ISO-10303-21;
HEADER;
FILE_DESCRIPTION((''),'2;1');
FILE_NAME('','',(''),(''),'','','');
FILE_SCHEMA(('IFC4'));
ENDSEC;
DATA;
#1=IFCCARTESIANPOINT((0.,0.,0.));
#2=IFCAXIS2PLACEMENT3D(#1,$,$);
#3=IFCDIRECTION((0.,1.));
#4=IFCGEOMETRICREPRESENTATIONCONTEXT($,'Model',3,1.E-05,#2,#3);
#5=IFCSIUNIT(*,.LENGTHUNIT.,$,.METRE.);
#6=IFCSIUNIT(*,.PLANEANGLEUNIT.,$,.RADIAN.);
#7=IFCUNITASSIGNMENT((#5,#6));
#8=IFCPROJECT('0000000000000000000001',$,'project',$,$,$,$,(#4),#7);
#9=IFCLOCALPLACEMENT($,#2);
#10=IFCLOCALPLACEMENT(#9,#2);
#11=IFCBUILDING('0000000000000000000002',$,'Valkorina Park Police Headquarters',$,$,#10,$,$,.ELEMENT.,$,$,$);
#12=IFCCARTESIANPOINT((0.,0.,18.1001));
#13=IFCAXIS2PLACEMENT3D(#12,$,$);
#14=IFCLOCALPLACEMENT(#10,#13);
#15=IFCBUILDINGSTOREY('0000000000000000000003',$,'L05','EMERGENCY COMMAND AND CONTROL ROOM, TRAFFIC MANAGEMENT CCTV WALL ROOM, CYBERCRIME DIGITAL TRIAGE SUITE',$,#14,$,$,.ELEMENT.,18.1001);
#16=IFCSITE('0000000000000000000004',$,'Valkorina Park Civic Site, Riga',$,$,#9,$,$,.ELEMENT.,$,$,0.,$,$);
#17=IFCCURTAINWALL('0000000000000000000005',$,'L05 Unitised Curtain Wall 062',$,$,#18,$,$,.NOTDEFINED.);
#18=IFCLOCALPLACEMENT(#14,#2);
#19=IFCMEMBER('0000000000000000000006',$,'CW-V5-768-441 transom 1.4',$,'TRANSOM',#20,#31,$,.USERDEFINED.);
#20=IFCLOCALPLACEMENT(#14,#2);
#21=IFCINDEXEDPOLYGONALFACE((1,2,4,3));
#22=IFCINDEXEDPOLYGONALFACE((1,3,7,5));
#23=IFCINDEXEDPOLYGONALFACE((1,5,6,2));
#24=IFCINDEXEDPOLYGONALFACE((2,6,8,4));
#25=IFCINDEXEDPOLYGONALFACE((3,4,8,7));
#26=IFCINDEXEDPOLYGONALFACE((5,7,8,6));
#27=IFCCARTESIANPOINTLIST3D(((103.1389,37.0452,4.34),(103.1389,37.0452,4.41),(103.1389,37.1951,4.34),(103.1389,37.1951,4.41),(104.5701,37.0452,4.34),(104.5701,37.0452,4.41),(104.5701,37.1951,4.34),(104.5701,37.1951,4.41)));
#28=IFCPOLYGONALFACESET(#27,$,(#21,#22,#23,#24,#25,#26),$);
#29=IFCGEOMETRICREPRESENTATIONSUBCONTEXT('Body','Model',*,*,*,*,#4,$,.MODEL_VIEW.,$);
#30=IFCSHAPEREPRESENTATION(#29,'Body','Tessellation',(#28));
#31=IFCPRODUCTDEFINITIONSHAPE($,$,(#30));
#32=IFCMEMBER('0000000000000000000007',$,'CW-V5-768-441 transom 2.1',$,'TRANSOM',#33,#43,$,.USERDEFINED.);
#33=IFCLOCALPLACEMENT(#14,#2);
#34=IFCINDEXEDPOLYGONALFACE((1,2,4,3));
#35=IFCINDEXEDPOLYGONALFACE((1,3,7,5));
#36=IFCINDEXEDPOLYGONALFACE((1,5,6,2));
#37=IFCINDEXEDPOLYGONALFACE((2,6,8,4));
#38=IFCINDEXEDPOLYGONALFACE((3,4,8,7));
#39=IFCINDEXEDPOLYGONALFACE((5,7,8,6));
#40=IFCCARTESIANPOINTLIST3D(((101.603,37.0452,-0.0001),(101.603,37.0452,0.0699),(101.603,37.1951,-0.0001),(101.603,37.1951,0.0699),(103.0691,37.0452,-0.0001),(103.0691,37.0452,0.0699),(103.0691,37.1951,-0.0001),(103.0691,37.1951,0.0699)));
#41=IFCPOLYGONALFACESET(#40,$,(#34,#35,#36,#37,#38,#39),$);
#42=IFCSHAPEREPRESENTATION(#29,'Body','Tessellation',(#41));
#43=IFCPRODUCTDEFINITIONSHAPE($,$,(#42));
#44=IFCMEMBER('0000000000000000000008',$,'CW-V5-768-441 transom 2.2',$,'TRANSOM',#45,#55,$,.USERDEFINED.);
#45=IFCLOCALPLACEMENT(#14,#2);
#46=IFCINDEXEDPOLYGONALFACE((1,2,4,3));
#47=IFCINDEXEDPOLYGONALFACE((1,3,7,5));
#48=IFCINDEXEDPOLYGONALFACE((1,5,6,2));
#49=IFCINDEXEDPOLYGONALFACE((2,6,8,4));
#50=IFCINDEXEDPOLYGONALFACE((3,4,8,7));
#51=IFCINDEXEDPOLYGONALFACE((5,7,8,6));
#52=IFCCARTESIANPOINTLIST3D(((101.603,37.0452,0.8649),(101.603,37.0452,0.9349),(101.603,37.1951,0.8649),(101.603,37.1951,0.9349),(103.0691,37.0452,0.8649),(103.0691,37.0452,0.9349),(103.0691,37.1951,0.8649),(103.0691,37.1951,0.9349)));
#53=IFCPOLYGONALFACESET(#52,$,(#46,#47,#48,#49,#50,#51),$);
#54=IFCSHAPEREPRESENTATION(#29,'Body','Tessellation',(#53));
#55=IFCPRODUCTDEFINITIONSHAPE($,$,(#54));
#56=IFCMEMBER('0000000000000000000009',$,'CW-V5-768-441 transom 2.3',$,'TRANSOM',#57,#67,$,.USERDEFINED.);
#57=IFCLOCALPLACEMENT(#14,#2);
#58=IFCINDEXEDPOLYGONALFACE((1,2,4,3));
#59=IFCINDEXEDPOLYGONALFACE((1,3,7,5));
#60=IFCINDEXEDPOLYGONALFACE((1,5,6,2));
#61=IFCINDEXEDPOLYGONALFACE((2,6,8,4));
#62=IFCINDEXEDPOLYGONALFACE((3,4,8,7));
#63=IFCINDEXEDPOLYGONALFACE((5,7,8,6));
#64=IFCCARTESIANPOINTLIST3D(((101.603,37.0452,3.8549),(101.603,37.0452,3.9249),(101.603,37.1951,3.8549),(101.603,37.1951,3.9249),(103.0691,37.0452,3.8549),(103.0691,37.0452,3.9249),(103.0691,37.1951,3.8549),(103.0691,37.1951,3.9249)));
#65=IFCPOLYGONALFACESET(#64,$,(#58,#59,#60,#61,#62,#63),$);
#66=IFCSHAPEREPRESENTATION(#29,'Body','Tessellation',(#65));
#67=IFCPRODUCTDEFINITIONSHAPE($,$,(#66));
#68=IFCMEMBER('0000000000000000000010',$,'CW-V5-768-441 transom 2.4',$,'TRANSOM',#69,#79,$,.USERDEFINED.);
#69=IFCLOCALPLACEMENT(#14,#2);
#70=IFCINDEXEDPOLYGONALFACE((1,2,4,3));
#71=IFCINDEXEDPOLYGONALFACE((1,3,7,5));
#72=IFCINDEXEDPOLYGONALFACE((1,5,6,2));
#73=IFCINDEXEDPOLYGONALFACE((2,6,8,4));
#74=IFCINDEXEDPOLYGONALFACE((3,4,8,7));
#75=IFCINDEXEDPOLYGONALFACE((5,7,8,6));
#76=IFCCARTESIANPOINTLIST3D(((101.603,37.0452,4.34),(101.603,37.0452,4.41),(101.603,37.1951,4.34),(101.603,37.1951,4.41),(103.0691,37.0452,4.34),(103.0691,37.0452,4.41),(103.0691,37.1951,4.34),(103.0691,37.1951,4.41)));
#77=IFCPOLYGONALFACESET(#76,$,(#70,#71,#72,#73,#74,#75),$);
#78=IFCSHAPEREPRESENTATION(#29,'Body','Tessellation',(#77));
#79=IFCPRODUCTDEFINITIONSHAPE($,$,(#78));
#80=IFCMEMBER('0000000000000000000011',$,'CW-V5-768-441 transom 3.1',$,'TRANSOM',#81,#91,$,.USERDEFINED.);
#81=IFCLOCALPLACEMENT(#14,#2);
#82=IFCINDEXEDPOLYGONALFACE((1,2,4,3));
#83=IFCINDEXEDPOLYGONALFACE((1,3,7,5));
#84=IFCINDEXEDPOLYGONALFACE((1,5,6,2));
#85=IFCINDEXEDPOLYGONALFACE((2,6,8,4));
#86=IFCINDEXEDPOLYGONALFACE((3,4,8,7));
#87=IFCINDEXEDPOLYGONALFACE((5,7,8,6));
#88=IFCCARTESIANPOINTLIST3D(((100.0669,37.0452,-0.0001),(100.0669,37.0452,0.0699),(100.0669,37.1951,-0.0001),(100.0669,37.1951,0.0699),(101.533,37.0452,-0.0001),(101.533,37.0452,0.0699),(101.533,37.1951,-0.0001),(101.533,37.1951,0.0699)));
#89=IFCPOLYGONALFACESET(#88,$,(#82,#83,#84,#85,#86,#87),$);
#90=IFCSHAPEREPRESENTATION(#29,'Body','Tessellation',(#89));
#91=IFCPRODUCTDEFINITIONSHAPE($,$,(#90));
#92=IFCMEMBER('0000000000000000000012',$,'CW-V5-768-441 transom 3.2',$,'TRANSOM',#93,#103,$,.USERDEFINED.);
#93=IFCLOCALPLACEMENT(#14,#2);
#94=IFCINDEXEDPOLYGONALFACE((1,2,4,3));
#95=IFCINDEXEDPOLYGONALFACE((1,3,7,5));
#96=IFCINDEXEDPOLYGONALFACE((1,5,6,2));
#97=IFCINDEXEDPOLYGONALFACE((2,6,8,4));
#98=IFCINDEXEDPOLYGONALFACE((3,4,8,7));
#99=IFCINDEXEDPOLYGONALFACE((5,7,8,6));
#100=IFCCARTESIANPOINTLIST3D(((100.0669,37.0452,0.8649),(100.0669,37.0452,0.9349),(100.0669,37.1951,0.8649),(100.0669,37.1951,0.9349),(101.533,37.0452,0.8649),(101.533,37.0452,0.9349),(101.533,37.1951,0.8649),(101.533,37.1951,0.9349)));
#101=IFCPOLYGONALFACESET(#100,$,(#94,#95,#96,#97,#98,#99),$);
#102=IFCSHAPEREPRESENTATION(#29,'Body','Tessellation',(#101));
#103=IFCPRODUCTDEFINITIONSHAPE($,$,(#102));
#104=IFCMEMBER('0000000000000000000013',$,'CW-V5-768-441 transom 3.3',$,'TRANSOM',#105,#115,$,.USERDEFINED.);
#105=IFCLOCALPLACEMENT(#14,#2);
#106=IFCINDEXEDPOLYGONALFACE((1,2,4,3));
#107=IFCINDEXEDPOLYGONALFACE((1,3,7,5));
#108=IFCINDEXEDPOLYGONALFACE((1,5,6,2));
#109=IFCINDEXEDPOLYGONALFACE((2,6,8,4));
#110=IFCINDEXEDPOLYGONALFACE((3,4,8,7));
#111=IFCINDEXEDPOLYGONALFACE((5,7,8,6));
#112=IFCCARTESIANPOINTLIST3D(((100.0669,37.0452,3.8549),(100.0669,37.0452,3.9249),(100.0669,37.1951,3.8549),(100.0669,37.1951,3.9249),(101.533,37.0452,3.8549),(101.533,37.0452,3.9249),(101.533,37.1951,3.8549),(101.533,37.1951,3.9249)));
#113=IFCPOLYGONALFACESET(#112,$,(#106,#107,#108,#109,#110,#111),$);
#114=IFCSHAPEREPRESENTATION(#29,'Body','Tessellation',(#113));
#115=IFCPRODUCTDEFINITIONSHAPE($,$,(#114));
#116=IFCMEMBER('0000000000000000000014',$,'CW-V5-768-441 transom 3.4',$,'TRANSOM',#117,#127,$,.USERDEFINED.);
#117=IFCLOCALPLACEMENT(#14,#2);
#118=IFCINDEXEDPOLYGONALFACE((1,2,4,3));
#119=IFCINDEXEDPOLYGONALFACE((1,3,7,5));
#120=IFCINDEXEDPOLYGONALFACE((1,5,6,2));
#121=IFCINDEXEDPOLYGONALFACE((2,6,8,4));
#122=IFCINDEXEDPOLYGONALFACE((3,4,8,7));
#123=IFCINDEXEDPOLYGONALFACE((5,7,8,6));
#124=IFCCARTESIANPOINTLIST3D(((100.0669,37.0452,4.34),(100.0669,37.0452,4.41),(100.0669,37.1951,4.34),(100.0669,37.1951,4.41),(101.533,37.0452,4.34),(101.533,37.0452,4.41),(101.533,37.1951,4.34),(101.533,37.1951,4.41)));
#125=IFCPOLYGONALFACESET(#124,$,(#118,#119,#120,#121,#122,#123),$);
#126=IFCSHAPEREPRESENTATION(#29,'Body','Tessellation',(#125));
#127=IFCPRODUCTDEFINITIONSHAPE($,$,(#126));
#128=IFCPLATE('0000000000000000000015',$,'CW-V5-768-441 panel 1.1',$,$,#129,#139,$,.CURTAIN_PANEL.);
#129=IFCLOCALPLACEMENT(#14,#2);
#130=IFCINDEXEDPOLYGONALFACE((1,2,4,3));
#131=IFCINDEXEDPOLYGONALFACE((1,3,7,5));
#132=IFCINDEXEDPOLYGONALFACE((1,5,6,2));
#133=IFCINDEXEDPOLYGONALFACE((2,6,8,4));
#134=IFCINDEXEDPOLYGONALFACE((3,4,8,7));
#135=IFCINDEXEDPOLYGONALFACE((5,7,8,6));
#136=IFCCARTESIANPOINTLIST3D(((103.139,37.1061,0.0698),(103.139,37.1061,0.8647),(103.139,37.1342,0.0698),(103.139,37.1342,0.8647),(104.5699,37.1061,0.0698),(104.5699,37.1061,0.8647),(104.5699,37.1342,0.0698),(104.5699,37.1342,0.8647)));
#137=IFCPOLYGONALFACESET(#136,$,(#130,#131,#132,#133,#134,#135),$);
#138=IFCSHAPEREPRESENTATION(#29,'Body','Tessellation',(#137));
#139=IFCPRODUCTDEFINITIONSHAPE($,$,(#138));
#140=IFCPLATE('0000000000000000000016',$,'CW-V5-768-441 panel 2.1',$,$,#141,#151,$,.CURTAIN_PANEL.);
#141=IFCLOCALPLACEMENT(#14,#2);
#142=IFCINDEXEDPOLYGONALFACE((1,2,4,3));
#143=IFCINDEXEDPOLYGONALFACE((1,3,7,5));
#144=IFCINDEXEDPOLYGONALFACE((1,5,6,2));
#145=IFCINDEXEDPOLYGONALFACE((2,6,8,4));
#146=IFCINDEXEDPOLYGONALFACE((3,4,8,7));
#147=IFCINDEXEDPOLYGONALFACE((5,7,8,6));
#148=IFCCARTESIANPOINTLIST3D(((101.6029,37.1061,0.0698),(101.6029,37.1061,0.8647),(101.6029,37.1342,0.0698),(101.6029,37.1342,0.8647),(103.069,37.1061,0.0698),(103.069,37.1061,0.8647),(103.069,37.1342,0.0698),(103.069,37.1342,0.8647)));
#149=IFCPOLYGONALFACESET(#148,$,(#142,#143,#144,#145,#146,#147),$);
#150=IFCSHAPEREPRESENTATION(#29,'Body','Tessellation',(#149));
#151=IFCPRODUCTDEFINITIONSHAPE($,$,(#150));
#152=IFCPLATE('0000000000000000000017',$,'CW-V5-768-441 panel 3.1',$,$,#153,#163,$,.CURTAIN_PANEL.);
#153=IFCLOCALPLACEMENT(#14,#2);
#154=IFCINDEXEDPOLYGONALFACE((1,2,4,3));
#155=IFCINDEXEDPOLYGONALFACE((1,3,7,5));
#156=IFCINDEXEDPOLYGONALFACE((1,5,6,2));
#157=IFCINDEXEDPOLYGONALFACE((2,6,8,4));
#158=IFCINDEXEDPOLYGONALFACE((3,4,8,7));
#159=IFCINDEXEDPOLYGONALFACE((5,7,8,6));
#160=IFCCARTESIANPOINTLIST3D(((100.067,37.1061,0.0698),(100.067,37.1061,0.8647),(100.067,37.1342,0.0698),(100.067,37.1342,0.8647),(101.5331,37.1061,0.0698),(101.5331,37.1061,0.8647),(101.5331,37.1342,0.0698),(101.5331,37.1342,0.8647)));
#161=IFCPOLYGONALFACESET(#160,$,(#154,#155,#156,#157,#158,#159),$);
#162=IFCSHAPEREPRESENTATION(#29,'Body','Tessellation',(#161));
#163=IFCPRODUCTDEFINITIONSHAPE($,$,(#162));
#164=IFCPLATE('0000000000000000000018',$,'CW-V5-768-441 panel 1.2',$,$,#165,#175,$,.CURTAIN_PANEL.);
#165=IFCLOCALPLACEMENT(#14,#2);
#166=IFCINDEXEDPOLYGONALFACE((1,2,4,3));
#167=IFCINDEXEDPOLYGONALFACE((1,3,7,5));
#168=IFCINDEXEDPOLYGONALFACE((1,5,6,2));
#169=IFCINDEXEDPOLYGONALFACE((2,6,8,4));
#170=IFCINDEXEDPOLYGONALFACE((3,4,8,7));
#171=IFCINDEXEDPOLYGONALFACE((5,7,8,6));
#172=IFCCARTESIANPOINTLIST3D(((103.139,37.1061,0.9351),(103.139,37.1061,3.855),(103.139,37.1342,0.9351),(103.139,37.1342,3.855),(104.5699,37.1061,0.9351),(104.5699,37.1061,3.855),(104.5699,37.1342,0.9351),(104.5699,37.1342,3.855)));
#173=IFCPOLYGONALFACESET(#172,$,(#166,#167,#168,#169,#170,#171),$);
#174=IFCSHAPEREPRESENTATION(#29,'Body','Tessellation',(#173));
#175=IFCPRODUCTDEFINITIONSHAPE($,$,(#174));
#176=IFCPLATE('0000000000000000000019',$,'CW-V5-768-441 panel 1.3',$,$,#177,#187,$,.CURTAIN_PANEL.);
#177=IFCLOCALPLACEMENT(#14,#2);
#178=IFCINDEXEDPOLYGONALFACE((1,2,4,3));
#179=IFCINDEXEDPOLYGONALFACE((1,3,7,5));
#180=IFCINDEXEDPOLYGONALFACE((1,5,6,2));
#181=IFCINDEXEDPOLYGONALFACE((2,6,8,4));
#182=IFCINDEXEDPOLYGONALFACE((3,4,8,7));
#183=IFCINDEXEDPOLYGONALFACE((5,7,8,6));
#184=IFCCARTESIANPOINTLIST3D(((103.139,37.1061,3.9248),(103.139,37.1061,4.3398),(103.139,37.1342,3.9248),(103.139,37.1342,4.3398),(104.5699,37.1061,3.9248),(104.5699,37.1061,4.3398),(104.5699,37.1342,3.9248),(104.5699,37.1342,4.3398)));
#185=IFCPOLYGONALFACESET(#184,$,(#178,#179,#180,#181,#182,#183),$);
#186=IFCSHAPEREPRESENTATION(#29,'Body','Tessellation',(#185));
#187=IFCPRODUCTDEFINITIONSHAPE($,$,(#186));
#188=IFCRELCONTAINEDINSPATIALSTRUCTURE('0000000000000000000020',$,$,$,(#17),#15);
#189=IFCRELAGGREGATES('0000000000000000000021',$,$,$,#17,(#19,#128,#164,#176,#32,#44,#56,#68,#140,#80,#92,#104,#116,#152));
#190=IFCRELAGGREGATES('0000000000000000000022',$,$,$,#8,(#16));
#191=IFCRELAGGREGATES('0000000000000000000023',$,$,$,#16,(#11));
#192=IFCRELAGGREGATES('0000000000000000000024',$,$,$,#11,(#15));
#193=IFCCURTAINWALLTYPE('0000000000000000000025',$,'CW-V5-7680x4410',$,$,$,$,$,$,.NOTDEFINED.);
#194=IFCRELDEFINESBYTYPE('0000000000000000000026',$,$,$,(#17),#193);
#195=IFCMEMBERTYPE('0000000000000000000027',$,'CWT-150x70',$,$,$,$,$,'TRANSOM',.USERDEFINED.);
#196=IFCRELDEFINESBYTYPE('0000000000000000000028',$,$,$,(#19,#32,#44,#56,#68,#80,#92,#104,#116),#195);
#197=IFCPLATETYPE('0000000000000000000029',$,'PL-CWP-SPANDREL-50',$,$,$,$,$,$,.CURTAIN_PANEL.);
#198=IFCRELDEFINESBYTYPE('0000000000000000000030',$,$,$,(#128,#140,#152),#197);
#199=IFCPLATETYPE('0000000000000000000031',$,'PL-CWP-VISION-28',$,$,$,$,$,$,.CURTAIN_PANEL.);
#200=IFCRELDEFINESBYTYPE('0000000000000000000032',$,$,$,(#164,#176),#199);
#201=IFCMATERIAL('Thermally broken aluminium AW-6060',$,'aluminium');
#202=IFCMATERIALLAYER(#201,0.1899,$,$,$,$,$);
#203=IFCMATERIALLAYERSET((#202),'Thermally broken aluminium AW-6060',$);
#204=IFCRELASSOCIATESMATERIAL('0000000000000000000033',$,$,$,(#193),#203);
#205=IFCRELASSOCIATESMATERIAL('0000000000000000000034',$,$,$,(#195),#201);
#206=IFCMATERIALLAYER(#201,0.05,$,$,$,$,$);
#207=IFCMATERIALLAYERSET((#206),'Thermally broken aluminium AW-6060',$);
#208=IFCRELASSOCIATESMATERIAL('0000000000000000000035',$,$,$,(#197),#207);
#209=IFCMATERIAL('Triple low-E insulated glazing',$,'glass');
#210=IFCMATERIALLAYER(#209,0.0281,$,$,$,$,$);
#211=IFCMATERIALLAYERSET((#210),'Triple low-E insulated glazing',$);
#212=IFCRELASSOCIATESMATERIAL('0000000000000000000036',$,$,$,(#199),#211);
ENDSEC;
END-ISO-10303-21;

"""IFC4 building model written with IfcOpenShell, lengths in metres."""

from ifc_helpers import new_model, si_unit, direction, frame, origin, origin_2d, place, context, subcontext, project, spatial, rectangle, extrude, material, layer, layer_set, material_profile, profile_set, type_object, element, aggregate, save


model = new_model("IFC4")

# Units and contexts
model_context = context("Model", 3, precision=1e-05, world=origin(), true_north=direction((0.0, 1.0)))
body_context = subcontext(model_context, "Body", "Model", "MODEL_VIEW")
ifc_project = project(units=[si_unit("LENGTHUNIT", "METRE"), si_unit("PLANEANGLEUNIT", "RADIAN")], contexts=[model_context])

# Site, building, storey
site_placement = place(None, origin())
site = spatial("IfcSite", under=ifc_project, at=site_placement, Name="Valkorina Park Civic Site, Riga", CompositionType="ELEMENT", RefElevation=0.0)
building_placement = place(site_placement, origin())
building = spatial("IfcBuilding", under=site, at=building_placement, Name="Valkorina Park Police Headquarters", CompositionType="ELEMENT")
storey_placement = place(building_placement, frame((0.0, 0.0, 18.1001)))
storey = spatial("IfcBuildingStorey", under=building, at=storey_placement, Name="L05", Description="EMERGENCY COMMAND AND CONTROL ROOM, TRAFFIC MANAGEMENT CCTV WALL ROOM, CYBERCRIME DIGITAL TRIAGE SUITE", CompositionType="ELEMENT", Elevation=18.1001)

# Shared definitions
ifc_material_1 = material(Name="Thermally broken aluminium AW-6060", Category="aluminium")
ifc_layer_1 = layer(ifc_material_1, 0.1899)
ifc_layer_set_1 = layer_set([ifc_layer_1], Name="Thermally broken aluminium AW-6060")
curtain_wall_type = type_object("IfcCurtainWallType", Name="CW-V5-7680x4410", PredefinedType="NOTDEFINED", material=ifc_layer_set_1)

# Curtain wall, members, plates
curtain_wall_1_placement = place(storey_placement, origin())
curtain_wall_1 = element("IfcCurtainWall", 1, at=curtain_wall_1_placement, inside=storey, type_object=curtain_wall_type, Name="L05 Unitised Curtain Wall 062", PredefinedType="NOTDEFINED")
ifc_material_profile_1 = material_profile(ifc_material_1, rectangle(XDim=0.1499, YDim=0.0701, at=origin_2d()), Name="CWT-02 150x70")
ifc_profile_set_1 = profile_set([ifc_material_profile_1], Name="Thermally broken aluminium AW-6060")
member_type_1 = type_object("IfcMemberType", Name="CWT-150x70", ElementType="TRANSOM", PredefinedType="USERDEFINED", material=ifc_profile_set_1)
member_1_placement = place(storey_placement, frame((104.5701, 37.1201, 4.375), z_axis=(-1.0, 0.0, 0.0), x_axis=(0.0, -1.0, 0.0)))
member_1 = element("IfcMember", 2, at=member_1_placement, type_object=member_type_1, Name="CW-V5-768-441 transom 1.4", ObjectType="TRANSOM", PredefinedType="USERDEFINED", context=body_context, shape_type="SweptSolid", body=[
    extrude(rectangle(XDim=0.1499, YDim=0.0701, at=origin_2d()), origin(), (0.0, 0.0, 1.0), 1.4312),
])
member_2_placement = place(storey_placement, frame((103.0691, 37.1201, 0.0349), z_axis=(-1.0, 0.0, 0.0), x_axis=(0.0, -1.0, 0.0)))
member_2 = element("IfcMember", 3, at=member_2_placement, type_object=member_type_1, Name="CW-V5-768-441 transom 2.1", ObjectType="TRANSOM", PredefinedType="USERDEFINED", context=body_context, shape_type="SweptSolid", body=[
    extrude(rectangle(XDim=0.1499, YDim=0.0701, at=origin_2d()), origin(), (0.0, 0.0, 1.0), 1.4661),
])
member_3_placement = place(storey_placement, frame((103.0691, 37.1201, 0.8999), z_axis=(-1.0, 0.0, 0.0), x_axis=(0.0, -1.0, 0.0)))
member_3 = element("IfcMember", 4, at=member_3_placement, type_object=member_type_1, Name="CW-V5-768-441 transom 2.2", ObjectType="TRANSOM", PredefinedType="USERDEFINED", context=body_context, shape_type="SweptSolid", body=[
    extrude(rectangle(XDim=0.1499, YDim=0.0701, at=origin_2d()), origin(), (0.0, 0.0, 1.0), 1.4661),
])
member_4_placement = place(storey_placement, frame((103.0691, 37.1201, 3.8899), z_axis=(-1.0, 0.0, 0.0), x_axis=(0.0, -1.0, 0.0)))
member_4 = element("IfcMember", 5, at=member_4_placement, type_object=member_type_1, Name="CW-V5-768-441 transom 2.3", ObjectType="TRANSOM", PredefinedType="USERDEFINED", context=body_context, shape_type="SweptSolid", body=[
    extrude(rectangle(XDim=0.1499, YDim=0.0701, at=origin_2d()), origin(), (0.0, 0.0, 1.0), 1.4661),
])
member_5_placement = place(storey_placement, frame((103.0691, 37.1201, 4.375), z_axis=(-1.0, 0.0, 0.0), x_axis=(0.0, -1.0, 0.0)))
member_5 = element("IfcMember", 6, at=member_5_placement, type_object=member_type_1, Name="CW-V5-768-441 transom 2.4", ObjectType="TRANSOM", PredefinedType="USERDEFINED", context=body_context, shape_type="SweptSolid", body=[
    extrude(rectangle(XDim=0.1499, YDim=0.0701, at=origin_2d()), origin(), (0.0, 0.0, 1.0), 1.4661),
])
member_6_placement = place(storey_placement, frame((101.533, 37.1201, 0.0349), z_axis=(-1.0, 0.0, 0.0), x_axis=(0.0, -1.0, 0.0)))
member_6 = element("IfcMember", 7, at=member_6_placement, type_object=member_type_1, Name="CW-V5-768-441 transom 3.1", ObjectType="TRANSOM", PredefinedType="USERDEFINED", context=body_context, shape_type="SweptSolid", body=[
    extrude(rectangle(XDim=0.1499, YDim=0.0701, at=origin_2d()), origin(), (0.0, 0.0, 1.0), 1.4661),
])
member_7_placement = place(storey_placement, frame((101.533, 37.1201, 0.8999), z_axis=(-1.0, 0.0, 0.0), x_axis=(0.0, -1.0, 0.0)))
member_7 = element("IfcMember", 8, at=member_7_placement, type_object=member_type_1, Name="CW-V5-768-441 transom 3.2", ObjectType="TRANSOM", PredefinedType="USERDEFINED", context=body_context, shape_type="SweptSolid", body=[
    extrude(rectangle(XDim=0.1499, YDim=0.0701, at=origin_2d()), origin(), (0.0, 0.0, 1.0), 1.4661),
])
member_8_placement = place(storey_placement, frame((101.533, 37.1201, 3.8899), z_axis=(-1.0, 0.0, 0.0), x_axis=(0.0, -1.0, 0.0)))
member_8 = element("IfcMember", 9, at=member_8_placement, type_object=member_type_1, Name="CW-V5-768-441 transom 3.3", ObjectType="TRANSOM", PredefinedType="USERDEFINED", context=body_context, shape_type="SweptSolid", body=[
    extrude(rectangle(XDim=0.1499, YDim=0.0701, at=origin_2d()), origin(), (0.0, 0.0, 1.0), 1.4661),
])
member_9_placement = place(storey_placement, frame((101.533, 37.1201, 4.375), z_axis=(-1.0, 0.0, 0.0), x_axis=(0.0, -1.0, 0.0)))
member_9 = element("IfcMember", 10, at=member_9_placement, type_object=member_type_1, Name="CW-V5-768-441 transom 3.4", ObjectType="TRANSOM", PredefinedType="USERDEFINED", context=body_context, shape_type="SweptSolid", body=[
    extrude(rectangle(XDim=0.1499, YDim=0.0701, at=origin_2d()), origin(), (0.0, 0.0, 1.0), 1.4661),
])
ifc_layer_2 = layer(ifc_material_1, 0.05)
ifc_layer_set_2 = layer_set([ifc_layer_2], Name="Thermally broken aluminium AW-6060")
plate_type_1 = type_object("IfcPlateType", Name="PL-CWP-SPANDREL-50", PredefinedType="CURTAIN_PANEL", material=ifc_layer_set_2)
plate_1_placement = place(storey_placement, frame((103.8545, 37.1201, 0.0698), z_axis=(0.0, 0.0, 1.0), x_axis=(-1.0, 0.0, 0.0)))
plate_1 = element("IfcPlate", 11, at=plate_1_placement, type_object=plate_type_1, Name="CW-V5-768-441 panel 1.1", PredefinedType="CURTAIN_PANEL", context=body_context, shape_type="SweptSolid", body=[
    extrude(rectangle(XDim=1.4309, YDim=0.0281, at=origin_2d()), origin(), (0.0, 0.0, 1.0), 0.7949),
])
plate_2_placement = place(storey_placement, frame((102.3359, 37.1201, 0.0698), z_axis=(0.0, 0.0, 1.0), x_axis=(-1.0, 0.0, 0.0)))
plate_2 = element("IfcPlate", 12, at=plate_2_placement, type_object=plate_type_1, Name="CW-V5-768-441 panel 2.1", PredefinedType="CURTAIN_PANEL", context=body_context, shape_type="SweptSolid", body=[
    extrude(rectangle(XDim=1.4661, YDim=0.0281, at=origin_2d()), origin(), (0.0, 0.0, 1.0), 0.7949),
])
plate_3_placement = place(storey_placement, frame((100.8, 37.1201, 0.0698), z_axis=(0.0, 0.0, 1.0), x_axis=(-1.0, 0.0, 0.0)))
plate_3 = element("IfcPlate", 13, at=plate_3_placement, type_object=plate_type_1, Name="CW-V5-768-441 panel 3.1", PredefinedType="CURTAIN_PANEL", context=body_context, shape_type="SweptSolid", body=[
    extrude(rectangle(XDim=1.4661, YDim=0.0281, at=origin_2d()), origin(), (0.0, 0.0, 1.0), 0.7949),
])
ifc_material_2 = material(Name="Triple low-E insulated glazing", Category="glass")
ifc_layer_3 = layer(ifc_material_2, 0.0281)
ifc_layer_set_3 = layer_set([ifc_layer_3], Name="Triple low-E insulated glazing")
plate_type_2 = type_object("IfcPlateType", Name="PL-CWP-VISION-28", PredefinedType="CURTAIN_PANEL", material=ifc_layer_set_3)
plate_4_placement = place(storey_placement, frame((103.8545, 37.1201, 0.9351), z_axis=(0.0, 0.0, 1.0), x_axis=(-1.0, 0.0, 0.0)))
plate_4 = element("IfcPlate", 14, at=plate_4_placement, type_object=plate_type_2, Name="CW-V5-768-441 panel 1.2", PredefinedType="CURTAIN_PANEL", context=body_context, shape_type="SweptSolid", body=[
    extrude(rectangle(XDim=1.4309, YDim=0.0281, at=origin_2d()), origin(), (0.0, 0.0, 1.0), 2.9199),
])
plate_5_placement = place(storey_placement, frame((103.8545, 37.1201, 3.9248), z_axis=(0.0, 0.0, 1.0), x_axis=(-1.0, 0.0, 0.0)))
plate_5 = element("IfcPlate", 15, at=plate_5_placement, type_object=plate_type_2, Name="CW-V5-768-441 panel 1.3", PredefinedType="CURTAIN_PANEL", context=body_context, shape_type="SweptSolid", body=[
    extrude(rectangle(XDim=1.4309, YDim=0.0281, at=origin_2d()), origin(), (0.0, 0.0, 1.0), 0.415),
])
aggregate(curtain_wall_1, [member_1, plate_1, plate_4, plate_5, member_2, member_3, member_4, member_5, plate_2, member_6, member_7, member_8, member_9, plate_3])

save(model, "model.ifc")
